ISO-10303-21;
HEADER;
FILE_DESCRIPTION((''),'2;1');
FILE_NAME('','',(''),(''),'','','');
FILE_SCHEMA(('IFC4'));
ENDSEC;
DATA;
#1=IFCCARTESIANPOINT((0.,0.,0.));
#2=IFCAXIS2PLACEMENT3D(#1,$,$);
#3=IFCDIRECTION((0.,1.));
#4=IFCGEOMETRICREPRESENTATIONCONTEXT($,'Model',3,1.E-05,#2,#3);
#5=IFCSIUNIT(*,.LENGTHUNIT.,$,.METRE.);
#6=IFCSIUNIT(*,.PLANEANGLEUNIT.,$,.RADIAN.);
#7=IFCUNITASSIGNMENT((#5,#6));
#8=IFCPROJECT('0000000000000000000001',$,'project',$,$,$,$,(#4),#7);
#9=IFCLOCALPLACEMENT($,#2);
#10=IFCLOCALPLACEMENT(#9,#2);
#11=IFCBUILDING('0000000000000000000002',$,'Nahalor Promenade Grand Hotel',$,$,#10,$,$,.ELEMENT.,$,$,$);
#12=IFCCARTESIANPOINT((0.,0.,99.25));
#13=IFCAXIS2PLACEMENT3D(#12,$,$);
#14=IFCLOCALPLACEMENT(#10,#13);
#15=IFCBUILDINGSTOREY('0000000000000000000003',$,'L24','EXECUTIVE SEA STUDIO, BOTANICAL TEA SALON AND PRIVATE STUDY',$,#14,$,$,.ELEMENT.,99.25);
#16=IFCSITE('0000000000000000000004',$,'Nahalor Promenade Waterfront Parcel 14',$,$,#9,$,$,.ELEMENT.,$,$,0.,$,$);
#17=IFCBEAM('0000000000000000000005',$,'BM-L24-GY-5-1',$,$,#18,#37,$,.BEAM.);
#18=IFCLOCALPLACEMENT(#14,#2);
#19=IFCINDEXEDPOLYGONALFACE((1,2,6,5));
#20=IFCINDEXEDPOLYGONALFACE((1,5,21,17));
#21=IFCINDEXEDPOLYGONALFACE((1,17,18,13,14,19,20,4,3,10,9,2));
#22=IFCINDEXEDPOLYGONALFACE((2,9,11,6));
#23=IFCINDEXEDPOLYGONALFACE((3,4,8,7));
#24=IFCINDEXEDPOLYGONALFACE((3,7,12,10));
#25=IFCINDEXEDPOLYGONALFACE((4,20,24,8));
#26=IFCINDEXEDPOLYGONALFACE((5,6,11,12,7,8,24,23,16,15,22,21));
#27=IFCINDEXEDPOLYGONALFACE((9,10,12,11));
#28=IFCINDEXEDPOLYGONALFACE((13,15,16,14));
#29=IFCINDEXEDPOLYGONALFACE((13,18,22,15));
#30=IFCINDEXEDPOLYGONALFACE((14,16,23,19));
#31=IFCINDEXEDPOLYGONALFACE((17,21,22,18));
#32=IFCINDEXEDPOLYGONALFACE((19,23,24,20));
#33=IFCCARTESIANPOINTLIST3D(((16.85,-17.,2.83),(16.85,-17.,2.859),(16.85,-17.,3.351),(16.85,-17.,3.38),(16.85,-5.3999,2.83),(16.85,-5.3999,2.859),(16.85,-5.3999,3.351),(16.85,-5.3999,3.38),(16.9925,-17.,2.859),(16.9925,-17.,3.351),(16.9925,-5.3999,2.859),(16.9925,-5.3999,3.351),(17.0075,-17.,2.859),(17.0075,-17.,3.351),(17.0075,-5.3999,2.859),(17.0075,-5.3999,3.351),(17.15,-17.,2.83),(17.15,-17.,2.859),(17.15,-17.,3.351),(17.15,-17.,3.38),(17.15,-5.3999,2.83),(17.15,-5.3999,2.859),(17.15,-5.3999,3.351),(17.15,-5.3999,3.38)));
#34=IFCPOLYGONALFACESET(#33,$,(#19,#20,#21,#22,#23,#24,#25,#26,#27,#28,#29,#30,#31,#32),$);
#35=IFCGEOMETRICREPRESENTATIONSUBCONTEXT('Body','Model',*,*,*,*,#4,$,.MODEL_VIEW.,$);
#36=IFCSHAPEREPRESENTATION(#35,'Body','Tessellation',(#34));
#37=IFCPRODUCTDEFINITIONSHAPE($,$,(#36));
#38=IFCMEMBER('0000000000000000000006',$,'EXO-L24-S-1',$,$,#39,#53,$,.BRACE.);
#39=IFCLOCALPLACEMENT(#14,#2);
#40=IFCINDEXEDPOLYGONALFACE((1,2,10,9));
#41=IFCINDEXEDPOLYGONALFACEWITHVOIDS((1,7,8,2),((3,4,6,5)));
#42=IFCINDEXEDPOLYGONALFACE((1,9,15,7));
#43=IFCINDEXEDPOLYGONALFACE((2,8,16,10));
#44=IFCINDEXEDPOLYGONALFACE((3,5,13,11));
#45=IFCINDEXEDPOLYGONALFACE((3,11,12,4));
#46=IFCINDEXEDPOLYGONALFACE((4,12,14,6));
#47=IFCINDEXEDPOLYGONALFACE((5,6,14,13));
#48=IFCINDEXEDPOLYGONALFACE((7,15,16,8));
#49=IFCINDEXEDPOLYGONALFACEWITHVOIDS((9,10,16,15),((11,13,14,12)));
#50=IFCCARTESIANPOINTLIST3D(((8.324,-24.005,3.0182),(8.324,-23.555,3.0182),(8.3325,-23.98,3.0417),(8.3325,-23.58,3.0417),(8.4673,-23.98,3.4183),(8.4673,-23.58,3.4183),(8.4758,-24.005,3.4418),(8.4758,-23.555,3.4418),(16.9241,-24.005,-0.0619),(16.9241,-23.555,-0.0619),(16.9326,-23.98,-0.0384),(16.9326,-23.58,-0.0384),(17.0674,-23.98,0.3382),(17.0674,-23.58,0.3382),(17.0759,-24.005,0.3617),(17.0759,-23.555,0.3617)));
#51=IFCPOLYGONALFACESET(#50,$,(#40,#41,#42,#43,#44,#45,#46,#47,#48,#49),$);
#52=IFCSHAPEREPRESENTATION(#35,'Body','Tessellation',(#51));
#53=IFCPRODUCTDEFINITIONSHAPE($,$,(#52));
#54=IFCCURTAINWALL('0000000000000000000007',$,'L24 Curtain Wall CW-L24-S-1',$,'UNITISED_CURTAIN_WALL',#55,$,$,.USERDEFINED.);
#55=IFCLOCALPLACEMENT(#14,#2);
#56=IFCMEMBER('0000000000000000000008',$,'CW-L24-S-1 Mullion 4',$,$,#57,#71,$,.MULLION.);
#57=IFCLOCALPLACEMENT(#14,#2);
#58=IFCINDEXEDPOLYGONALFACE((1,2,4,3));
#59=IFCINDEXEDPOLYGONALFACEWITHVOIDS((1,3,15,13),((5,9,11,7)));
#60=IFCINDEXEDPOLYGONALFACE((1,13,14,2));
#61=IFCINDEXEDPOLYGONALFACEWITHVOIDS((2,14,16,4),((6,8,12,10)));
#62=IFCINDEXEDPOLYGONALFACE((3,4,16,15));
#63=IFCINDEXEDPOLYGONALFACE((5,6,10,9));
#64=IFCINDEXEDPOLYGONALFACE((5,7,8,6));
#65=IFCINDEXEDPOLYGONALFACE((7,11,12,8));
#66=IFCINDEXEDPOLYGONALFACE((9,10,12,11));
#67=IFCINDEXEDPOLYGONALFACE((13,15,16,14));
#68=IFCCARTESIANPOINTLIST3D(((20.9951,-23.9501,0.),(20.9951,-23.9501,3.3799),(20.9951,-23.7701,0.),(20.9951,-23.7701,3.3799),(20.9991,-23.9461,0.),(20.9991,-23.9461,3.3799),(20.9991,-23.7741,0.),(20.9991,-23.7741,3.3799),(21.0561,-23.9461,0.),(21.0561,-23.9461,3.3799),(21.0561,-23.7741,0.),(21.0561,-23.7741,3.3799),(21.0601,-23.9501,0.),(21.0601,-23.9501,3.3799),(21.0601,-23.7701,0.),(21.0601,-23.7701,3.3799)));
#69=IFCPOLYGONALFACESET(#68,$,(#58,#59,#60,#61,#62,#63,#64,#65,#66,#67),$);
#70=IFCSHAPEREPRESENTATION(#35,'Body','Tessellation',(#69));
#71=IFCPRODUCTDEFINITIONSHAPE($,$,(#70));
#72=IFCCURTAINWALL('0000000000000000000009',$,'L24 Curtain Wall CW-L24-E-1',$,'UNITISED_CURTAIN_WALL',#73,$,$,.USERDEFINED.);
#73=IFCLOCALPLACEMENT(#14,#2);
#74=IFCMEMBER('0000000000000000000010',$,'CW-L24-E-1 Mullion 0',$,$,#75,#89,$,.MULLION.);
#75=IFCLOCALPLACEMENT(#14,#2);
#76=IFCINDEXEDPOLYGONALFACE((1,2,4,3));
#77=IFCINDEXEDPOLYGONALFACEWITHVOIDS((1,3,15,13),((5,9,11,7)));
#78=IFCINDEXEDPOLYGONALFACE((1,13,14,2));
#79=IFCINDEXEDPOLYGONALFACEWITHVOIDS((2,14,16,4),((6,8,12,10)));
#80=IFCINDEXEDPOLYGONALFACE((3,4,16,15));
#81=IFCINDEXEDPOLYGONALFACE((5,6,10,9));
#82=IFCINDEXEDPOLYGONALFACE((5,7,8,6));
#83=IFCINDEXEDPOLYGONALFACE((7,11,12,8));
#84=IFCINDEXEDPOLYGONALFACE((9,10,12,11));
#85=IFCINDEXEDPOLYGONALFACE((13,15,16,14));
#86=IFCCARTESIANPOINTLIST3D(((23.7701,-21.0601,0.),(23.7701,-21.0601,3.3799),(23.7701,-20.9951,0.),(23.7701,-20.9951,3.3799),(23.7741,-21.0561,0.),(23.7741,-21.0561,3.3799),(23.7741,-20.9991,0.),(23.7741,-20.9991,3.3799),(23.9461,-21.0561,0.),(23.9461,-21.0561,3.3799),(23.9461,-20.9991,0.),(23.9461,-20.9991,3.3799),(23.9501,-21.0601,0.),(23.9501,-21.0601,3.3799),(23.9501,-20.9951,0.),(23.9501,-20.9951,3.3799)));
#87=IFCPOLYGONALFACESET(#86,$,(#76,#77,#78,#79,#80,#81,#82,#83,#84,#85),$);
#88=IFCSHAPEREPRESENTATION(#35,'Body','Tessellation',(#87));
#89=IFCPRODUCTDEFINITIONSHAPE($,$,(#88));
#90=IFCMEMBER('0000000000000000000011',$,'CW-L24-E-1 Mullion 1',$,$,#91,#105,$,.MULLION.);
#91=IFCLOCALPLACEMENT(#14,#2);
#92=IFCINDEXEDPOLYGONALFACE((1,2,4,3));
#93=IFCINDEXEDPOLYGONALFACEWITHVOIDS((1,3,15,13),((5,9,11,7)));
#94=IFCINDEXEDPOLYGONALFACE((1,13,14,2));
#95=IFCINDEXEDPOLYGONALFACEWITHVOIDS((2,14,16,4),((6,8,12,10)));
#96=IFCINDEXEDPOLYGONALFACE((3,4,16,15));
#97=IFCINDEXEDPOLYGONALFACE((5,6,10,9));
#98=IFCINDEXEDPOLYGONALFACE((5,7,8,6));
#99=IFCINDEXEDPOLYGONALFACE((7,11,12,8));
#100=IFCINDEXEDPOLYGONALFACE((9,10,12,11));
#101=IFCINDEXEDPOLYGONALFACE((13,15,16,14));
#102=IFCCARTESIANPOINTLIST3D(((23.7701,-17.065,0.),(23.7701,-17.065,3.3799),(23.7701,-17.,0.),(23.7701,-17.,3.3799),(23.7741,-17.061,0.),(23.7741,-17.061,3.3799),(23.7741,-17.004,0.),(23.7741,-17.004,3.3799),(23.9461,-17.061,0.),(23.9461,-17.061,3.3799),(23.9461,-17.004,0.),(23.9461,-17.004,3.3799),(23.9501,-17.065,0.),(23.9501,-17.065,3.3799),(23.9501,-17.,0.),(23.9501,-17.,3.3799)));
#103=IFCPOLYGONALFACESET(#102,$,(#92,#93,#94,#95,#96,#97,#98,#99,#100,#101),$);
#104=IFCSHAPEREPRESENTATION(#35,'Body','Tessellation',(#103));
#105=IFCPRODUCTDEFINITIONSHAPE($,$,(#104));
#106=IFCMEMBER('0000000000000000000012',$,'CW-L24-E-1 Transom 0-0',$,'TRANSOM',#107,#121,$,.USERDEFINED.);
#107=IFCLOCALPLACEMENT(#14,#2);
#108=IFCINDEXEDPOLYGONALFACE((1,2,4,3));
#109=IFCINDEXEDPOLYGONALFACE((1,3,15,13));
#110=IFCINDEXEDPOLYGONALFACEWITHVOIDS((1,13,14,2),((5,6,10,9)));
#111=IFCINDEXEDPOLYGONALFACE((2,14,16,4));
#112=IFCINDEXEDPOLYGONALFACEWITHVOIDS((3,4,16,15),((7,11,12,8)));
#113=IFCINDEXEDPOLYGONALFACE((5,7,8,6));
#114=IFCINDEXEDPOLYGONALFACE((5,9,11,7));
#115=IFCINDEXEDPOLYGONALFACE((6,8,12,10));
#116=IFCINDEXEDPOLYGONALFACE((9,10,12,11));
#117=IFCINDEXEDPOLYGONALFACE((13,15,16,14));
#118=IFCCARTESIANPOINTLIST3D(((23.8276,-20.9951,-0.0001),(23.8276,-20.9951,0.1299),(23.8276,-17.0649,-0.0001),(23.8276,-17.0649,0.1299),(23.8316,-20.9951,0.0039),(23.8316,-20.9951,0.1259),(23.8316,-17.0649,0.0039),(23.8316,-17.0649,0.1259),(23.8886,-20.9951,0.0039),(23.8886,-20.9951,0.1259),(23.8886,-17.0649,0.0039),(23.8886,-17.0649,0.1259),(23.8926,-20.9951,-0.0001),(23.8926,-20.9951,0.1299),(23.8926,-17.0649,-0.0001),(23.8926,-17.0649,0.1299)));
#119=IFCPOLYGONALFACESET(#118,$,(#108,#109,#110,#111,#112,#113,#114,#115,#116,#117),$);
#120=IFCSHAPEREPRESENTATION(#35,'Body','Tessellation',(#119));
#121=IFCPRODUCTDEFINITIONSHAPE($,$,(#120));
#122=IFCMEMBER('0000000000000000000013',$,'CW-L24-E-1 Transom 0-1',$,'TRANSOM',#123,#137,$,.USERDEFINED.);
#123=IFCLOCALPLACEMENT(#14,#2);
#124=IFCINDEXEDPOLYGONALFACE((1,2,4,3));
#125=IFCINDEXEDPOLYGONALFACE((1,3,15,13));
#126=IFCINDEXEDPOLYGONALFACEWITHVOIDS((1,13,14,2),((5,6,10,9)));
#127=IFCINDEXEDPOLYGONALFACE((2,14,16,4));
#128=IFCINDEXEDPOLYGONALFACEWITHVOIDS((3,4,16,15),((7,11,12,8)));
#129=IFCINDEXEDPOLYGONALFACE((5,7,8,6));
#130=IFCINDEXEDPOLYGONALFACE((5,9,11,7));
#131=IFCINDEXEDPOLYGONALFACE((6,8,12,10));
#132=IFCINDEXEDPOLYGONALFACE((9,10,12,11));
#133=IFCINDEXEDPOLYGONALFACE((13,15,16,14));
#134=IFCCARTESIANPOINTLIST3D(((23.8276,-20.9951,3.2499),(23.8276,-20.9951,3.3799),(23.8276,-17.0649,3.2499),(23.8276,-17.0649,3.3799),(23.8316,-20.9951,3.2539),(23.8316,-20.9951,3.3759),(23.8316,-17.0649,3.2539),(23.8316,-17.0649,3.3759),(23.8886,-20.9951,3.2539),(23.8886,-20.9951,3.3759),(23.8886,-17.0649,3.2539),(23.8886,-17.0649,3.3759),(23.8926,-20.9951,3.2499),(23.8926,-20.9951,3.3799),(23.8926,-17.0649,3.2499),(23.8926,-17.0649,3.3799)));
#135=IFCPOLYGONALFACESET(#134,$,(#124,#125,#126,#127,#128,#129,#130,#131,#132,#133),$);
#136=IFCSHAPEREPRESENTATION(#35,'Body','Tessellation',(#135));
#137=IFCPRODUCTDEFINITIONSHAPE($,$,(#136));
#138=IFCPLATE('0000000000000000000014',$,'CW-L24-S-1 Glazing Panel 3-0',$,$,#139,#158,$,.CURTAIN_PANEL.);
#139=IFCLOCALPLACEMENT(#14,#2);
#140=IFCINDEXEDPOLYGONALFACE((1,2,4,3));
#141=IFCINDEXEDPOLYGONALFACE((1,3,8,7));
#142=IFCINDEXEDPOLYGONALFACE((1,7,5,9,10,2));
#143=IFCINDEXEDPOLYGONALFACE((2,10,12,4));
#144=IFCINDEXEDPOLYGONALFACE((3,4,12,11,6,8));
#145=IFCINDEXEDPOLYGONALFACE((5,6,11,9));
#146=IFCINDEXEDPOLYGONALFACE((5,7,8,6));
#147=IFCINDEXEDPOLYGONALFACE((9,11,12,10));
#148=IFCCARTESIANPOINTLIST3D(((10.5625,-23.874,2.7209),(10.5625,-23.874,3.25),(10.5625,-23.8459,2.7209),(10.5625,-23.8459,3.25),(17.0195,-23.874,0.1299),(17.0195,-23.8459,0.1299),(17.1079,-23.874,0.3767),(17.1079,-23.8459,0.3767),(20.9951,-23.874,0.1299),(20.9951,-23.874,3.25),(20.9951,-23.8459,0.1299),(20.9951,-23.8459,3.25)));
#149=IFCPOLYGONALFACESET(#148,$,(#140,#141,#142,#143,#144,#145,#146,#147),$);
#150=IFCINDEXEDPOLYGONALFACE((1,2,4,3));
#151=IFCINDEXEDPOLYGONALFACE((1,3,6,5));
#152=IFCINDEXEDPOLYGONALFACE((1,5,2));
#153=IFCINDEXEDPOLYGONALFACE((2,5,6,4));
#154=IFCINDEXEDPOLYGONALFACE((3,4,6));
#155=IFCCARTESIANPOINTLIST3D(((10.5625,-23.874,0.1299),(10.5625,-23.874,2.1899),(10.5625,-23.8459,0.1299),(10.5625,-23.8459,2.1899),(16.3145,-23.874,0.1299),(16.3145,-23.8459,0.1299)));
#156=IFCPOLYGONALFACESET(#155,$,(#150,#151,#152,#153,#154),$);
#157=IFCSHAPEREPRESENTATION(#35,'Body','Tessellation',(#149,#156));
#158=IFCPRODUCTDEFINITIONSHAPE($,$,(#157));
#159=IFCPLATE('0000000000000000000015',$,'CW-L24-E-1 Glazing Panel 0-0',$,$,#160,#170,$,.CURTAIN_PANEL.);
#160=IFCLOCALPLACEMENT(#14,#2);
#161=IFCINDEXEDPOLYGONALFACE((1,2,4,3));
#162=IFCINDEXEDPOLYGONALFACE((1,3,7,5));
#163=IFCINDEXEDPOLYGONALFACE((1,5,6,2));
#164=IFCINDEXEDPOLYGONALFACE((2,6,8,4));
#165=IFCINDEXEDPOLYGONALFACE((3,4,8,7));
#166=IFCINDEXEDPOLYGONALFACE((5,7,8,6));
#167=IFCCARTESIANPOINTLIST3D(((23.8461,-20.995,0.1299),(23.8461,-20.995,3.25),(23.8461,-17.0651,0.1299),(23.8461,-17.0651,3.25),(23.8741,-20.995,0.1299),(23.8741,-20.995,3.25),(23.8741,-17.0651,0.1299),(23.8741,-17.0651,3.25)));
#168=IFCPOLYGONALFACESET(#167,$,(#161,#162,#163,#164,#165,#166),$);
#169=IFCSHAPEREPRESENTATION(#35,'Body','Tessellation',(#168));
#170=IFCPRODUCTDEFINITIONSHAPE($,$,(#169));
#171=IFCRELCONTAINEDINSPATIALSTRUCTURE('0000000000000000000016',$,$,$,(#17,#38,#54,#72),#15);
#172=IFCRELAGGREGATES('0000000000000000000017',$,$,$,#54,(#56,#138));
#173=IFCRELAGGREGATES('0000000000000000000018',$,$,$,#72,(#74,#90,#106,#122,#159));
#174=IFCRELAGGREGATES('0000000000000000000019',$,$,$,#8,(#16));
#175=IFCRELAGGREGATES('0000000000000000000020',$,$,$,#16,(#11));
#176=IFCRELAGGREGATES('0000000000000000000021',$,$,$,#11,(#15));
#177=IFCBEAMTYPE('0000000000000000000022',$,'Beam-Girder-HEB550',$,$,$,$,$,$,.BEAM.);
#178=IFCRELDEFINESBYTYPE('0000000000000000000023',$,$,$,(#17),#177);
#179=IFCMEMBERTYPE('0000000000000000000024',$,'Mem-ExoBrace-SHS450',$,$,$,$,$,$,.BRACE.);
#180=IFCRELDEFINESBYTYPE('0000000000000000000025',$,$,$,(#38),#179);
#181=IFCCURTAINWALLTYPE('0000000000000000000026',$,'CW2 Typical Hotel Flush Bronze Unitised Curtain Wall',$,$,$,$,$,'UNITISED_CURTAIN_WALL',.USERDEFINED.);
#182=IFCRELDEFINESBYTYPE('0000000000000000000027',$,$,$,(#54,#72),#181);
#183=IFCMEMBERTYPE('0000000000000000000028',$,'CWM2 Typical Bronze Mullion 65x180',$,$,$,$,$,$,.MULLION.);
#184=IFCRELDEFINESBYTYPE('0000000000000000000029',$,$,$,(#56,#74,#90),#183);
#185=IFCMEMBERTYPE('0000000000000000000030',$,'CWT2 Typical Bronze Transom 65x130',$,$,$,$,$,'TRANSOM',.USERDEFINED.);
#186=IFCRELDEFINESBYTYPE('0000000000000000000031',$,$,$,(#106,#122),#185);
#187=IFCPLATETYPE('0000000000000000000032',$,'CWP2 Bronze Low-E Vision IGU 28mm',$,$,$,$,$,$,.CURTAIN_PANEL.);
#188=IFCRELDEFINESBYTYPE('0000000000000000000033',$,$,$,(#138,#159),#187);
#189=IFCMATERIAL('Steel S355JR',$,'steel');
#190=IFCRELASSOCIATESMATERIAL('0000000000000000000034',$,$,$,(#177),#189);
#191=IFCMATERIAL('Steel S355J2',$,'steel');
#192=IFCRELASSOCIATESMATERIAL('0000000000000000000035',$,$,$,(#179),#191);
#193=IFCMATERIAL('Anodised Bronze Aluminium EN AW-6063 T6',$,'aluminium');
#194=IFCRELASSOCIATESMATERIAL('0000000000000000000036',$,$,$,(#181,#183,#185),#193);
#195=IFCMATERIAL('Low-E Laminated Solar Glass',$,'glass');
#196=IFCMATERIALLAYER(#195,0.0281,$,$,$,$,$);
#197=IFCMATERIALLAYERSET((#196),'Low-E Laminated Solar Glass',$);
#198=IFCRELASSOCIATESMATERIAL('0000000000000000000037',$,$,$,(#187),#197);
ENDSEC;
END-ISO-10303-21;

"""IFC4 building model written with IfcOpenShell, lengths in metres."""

from ifc_helpers import new_model, si_unit, direction, frame, origin, origin_2d, place, context, subcontext, project, spatial, polyline, rectangle, hollow_rectangle, i_section, outline, extrude, source, transform, mapped, material, layer, layer_set, material_profile, profile_set, type_object, element, aggregate, save


model = new_model("IFC4")

# Units and contexts
model_context = context("Model", 3, precision=1e-05, world=origin(), true_north=direction((0.0, 1.0)))
body_context = subcontext(model_context, "Body", "Model", "MODEL_VIEW")
ifc_project = project(units=[si_unit("LENGTHUNIT", "METRE"), si_unit("PLANEANGLEUNIT", "RADIAN")], contexts=[model_context])

# Site, building, storey
site_placement = place(None, origin())
site = spatial("IfcSite", under=ifc_project, at=site_placement, Name="Nahalor Promenade Waterfront Parcel 14", CompositionType="ELEMENT", RefElevation=0.0)
building_placement = place(site_placement, origin())
building = spatial("IfcBuilding", under=site, at=building_placement, Name="Nahalor Promenade Grand Hotel", CompositionType="ELEMENT")
storey_placement = place(building_placement, frame((0.0, 0.0, 99.25)))
storey = spatial("IfcBuildingStorey", under=building, at=storey_placement, Name="L24", Description="EXECUTIVE SEA STUDIO, BOTANICAL TEA SALON AND PRIVATE STUDY", CompositionType="ELEMENT", Elevation=99.25)

# Shared definitions
ifc_material_1 = material(Name="Steel S355J2", Category="steel")

# Beam
ifc_material_2 = material(Name="Steel S355JR", Category="steel")
ifc_material_profile_1 = material_profile(ifc_material_2, i_section(OverallWidth=0.3, OverallDepth=0.55, WebThickness=0.015, FlangeThickness=0.029, at=origin_2d()), Name="HEB 550")
ifc_profile_set_1 = profile_set([ifc_material_profile_1], Name="Steel S355JR")
beam_type_1 = type_object("IfcBeamType", Name="Beam-Girder-HEB550", PredefinedType="BEAM", material=ifc_profile_set_1)
shared_shape_1 = source(origin(), body_context, "Body", "SweptSolid", [
    extrude(i_section(OverallWidth=0.3, OverallDepth=0.55, WebThickness=0.015, FlangeThickness=0.029, at=origin_2d()), origin(), (0.0, 0.0, 1.0), 11.6001),
])
beam_1_placement = place(storey_placement, frame((17.0, -17.0, 3.105), z_axis=(0.0, 1.0, 0.0), x_axis=(-1.0, 0.0, 0.0)))
element("IfcBeam", 1, at=beam_1_placement, inside=storey, type_object=beam_type_1, Name="BM-L24-GY-5-1", PredefinedType="BEAM", context=body_context, shape_type="MappedRepresentation", body=[
    mapped(shared_shape_1, transform((0.0, 0.0, 0.0), scale=1.0)),
])

# Member
ifc_material_profile_2 = material_profile(ifc_material_1, hollow_rectangle(XDim=0.45, YDim=0.45, WallThickness=0.025, at=origin_2d()), Name="SHS 450x450x25")
ifc_profile_set_2 = profile_set([ifc_material_profile_2], Name="Steel S355J2")
member_type_1 = type_object("IfcMemberType", Name="Mem-ExoBrace-SHS450", PredefinedType="BRACE", material=ifc_profile_set_2)
shared_shape_2 = source(origin(), body_context, "Body", "SweptSolid", [
    extrude(hollow_rectangle(XDim=0.45, YDim=0.45, WallThickness=0.025, at=origin_2d()), origin(), (0.0, 0.0, 1.0), 9.135),
])
member_1_placement = place(storey_placement, frame((17.0, -23.78, 0.1499), z_axis=(-0.941443, 0.0, 0.337173), x_axis=(0.0, -1.0, 0.0)))
element("IfcMember", 2, at=member_1_placement, inside=storey, type_object=member_type_1, Name="EXO-L24-S-1", PredefinedType="BRACE", context=body_context, shape_type="MappedRepresentation", body=[
    mapped(shared_shape_2, transform((0.0, 0.0, 0.0), scale=1.0)),
])

# Curtain wall, member
ifc_material_3 = material(Name="Anodised Bronze Aluminium EN AW-6063 T6", Category="aluminium")
curtain_wall_type = type_object("IfcCurtainWallType", Name="CW2 Typical Hotel Flush Bronze Unitised Curtain Wall", ElementType="UNITISED_CURTAIN_WALL", PredefinedType="USERDEFINED", material=ifc_material_3)
curtain_wall_1_placement = place(storey_placement, origin())
curtain_wall_1 = element("IfcCurtainWall", 3, at=curtain_wall_1_placement, inside=storey, type_object=curtain_wall_type, Name="L24 Curtain Wall CW-L24-S-1", ObjectType="UNITISED_CURTAIN_WALL", PredefinedType="USERDEFINED")
ifc_material_profile_3 = material_profile(ifc_material_3, hollow_rectangle(XDim=0.065, YDim=0.18, WallThickness=0.004, at=origin_2d()), Name="CWM 65x180x4")
ifc_profile_set_3 = profile_set([ifc_material_profile_3], Name="Anodised Bronze Aluminium EN AW-6063 T6")
member_type_2 = type_object("IfcMemberType", Name="CWM2 Typical Bronze Mullion 65x180", PredefinedType="MULLION", material=ifc_profile_set_3)
shared_shape_3 = source(origin(), body_context, "Body", "SweptSolid", [
    extrude(hollow_rectangle(XDim=0.065, YDim=0.18, WallThickness=0.004, at=origin_2d()), origin(), (0.0, 0.0, 1.0), 3.3799),
])
member_2_placement = place(storey_placement, frame((21.0276, -23.8601, 0.0), z_axis=(0.0, 0.0, 1.0), x_axis=(1.0, 0.0, 0.0)))
member_2 = element("IfcMember", 4, at=member_2_placement, type_object=member_type_2, Name="CW-L24-S-1 Mullion 4", PredefinedType="MULLION", context=body_context, shape_type="MappedRepresentation", body=[
    mapped(shared_shape_3, transform((0.0, 0.0, 0.0), scale=1.0)),
])

# Curtain wall, members
curtain_wall_2_placement = place(storey_placement, origin())
curtain_wall_2 = element("IfcCurtainWall", 5, at=curtain_wall_2_placement, inside=storey, type_object=curtain_wall_type, Name="L24 Curtain Wall CW-L24-E-1", ObjectType="UNITISED_CURTAIN_WALL", PredefinedType="USERDEFINED")
member_3_placement = place(storey_placement, frame((23.8601, -21.0276, 0.0), z_axis=(0.0, 0.0, 1.0), x_axis=(0.0, 1.0, 0.0)))
member_3 = element("IfcMember", 6, at=member_3_placement, type_object=member_type_2, Name="CW-L24-E-1 Mullion 0", PredefinedType="MULLION", context=body_context, shape_type="MappedRepresentation", body=[
    mapped(shared_shape_3, transform((0.0, 0.0, 0.0), scale=1.0)),
])
member_4_placement = place(storey_placement, frame((23.8601, -17.0325, 0.0), z_axis=(0.0, 0.0, 1.0), x_axis=(0.0, 1.0, 0.0)))
member_4 = element("IfcMember", 7, at=member_4_placement, type_object=member_type_2, Name="CW-L24-E-1 Mullion 1", PredefinedType="MULLION", context=body_context, shape_type="MappedRepresentation", body=[
    mapped(shared_shape_3, transform((0.0, 0.0, 0.0), scale=1.0)),
])
ifc_material_profile_4 = material_profile(ifc_material_3, hollow_rectangle(XDim=0.065, YDim=0.13, WallThickness=0.004, at=origin_2d()), Name="CWT 65x130x4")
ifc_profile_set_4 = profile_set([ifc_material_profile_4], Name="Anodised Bronze Aluminium EN AW-6063 T6")
member_type_3 = type_object("IfcMemberType", Name="CWT2 Typical Bronze Transom 65x130", ElementType="TRANSOM", PredefinedType="USERDEFINED", material=ifc_profile_set_4)
shared_shape_4 = source(origin(), body_context, "Body", "SweptSolid", [
    extrude(hollow_rectangle(XDim=0.065, YDim=0.13, WallThickness=0.004, at=origin_2d()), origin(), (0.0, 0.0, 1.0), 3.9302),
])
member_5_placement = place(storey_placement, frame((23.8601, -20.9951, 0.0649), z_axis=(0.0, 1.0, 0.0), x_axis=(-1.0, 0.0, 0.0)))
member_5 = element("IfcMember", 8, at=member_5_placement, type_object=member_type_3, Name="CW-L24-E-1 Transom 0-0", ObjectType="TRANSOM", PredefinedType="USERDEFINED", context=body_context, shape_type="MappedRepresentation", body=[
    mapped(shared_shape_4, transform((0.0, 0.0, 0.0), scale=1.0)),
])
member_6_placement = place(storey_placement, frame((23.8601, -20.9951, 3.3149), z_axis=(0.0, 1.0, 0.0), x_axis=(-1.0, 0.0, 0.0)))
member_6 = element("IfcMember", 9, at=member_6_placement, type_object=member_type_3, Name="CW-L24-E-1 Transom 0-1", ObjectType="TRANSOM", PredefinedType="USERDEFINED", context=body_context, shape_type="MappedRepresentation", body=[
    mapped(shared_shape_4, transform((0.0, 0.0, 0.0), scale=1.0)),
])

# Plates
ifc_material_4 = material(Name="Low-E Laminated Solar Glass", Category="glass")
ifc_layer_1 = layer(ifc_material_4, 0.0281)
ifc_layer_set_1 = layer_set([ifc_layer_1], Name="Low-E Laminated Solar Glass")
plate_type = type_object("IfcPlateType", Name="CWP2 Bronze Low-E Vision IGU 28mm", PredefinedType="CURTAIN_PANEL", material=ifc_layer_set_1)
plate_1_placement = place(storey_placement, frame((15.7788, -23.8601, 0.1299), z_axis=(0.0, 0.0, 1.0), x_axis=(1.0, 0.0, 0.0)))
plate_1 = element("IfcPlate", 10, at=plate_1_placement, type_object=plate_type, Name="CW-L24-S-1 Glazing Panel 3-0", PredefinedType="CURTAIN_PANEL", context=body_context, shape_type="SweptSolid", body=[
    extrude(outline(polyline([(5.2163, 3.1201), (-5.2163, 3.1201), (-5.2163, 2.5911), (1.3291, 0.2468), (1.2407, 0.0), (5.2163, 0.0), (5.2163, 3.1201)])), frame((0.0, 0.0142, 0.0), z_axis=(0.0, -1.0, 0.0), x_axis=(1.0, 0.0, 0.0)), (0.0, 0.0, 1.0), 0.0281),
    extrude(outline(polyline([(-5.2163, 2.0601), (-5.2163, 0.0), (0.5356, 0.0), (-5.2163, 2.0601)])), frame((0.0, 0.0142, 0.0), z_axis=(0.0, -1.0, 0.0), x_axis=(1.0, 0.0, 0.0)), (0.0, 0.0, 1.0), 0.0281),
])
aggregate(curtain_wall_1, [member_2, plate_1])
shared_shape_5 = source(origin(), body_context, "Body", "SweptSolid", [
    extrude(rectangle(XDim=3.9299, YDim=0.0281, at=origin_2d()), origin(), (0.0, 0.0, 1.0), 3.1201),
])
plate_2_placement = place(storey_placement, frame((23.8601, -19.03, 0.1299), z_axis=(0.0, 0.0, 1.0), x_axis=(0.0, 1.0, 0.0)))
plate_2 = element("IfcPlate", 11, at=plate_2_placement, type_object=plate_type, Name="CW-L24-E-1 Glazing Panel 0-0", PredefinedType="CURTAIN_PANEL", context=body_context, shape_type="MappedRepresentation", body=[
    mapped(shared_shape_5, transform((0.0, 0.0, 0.0), scale=1.0)),
])
aggregate(curtain_wall_2, [member_3, member_4, member_5, member_6, plate_2])

save(model, "model.ifc")
